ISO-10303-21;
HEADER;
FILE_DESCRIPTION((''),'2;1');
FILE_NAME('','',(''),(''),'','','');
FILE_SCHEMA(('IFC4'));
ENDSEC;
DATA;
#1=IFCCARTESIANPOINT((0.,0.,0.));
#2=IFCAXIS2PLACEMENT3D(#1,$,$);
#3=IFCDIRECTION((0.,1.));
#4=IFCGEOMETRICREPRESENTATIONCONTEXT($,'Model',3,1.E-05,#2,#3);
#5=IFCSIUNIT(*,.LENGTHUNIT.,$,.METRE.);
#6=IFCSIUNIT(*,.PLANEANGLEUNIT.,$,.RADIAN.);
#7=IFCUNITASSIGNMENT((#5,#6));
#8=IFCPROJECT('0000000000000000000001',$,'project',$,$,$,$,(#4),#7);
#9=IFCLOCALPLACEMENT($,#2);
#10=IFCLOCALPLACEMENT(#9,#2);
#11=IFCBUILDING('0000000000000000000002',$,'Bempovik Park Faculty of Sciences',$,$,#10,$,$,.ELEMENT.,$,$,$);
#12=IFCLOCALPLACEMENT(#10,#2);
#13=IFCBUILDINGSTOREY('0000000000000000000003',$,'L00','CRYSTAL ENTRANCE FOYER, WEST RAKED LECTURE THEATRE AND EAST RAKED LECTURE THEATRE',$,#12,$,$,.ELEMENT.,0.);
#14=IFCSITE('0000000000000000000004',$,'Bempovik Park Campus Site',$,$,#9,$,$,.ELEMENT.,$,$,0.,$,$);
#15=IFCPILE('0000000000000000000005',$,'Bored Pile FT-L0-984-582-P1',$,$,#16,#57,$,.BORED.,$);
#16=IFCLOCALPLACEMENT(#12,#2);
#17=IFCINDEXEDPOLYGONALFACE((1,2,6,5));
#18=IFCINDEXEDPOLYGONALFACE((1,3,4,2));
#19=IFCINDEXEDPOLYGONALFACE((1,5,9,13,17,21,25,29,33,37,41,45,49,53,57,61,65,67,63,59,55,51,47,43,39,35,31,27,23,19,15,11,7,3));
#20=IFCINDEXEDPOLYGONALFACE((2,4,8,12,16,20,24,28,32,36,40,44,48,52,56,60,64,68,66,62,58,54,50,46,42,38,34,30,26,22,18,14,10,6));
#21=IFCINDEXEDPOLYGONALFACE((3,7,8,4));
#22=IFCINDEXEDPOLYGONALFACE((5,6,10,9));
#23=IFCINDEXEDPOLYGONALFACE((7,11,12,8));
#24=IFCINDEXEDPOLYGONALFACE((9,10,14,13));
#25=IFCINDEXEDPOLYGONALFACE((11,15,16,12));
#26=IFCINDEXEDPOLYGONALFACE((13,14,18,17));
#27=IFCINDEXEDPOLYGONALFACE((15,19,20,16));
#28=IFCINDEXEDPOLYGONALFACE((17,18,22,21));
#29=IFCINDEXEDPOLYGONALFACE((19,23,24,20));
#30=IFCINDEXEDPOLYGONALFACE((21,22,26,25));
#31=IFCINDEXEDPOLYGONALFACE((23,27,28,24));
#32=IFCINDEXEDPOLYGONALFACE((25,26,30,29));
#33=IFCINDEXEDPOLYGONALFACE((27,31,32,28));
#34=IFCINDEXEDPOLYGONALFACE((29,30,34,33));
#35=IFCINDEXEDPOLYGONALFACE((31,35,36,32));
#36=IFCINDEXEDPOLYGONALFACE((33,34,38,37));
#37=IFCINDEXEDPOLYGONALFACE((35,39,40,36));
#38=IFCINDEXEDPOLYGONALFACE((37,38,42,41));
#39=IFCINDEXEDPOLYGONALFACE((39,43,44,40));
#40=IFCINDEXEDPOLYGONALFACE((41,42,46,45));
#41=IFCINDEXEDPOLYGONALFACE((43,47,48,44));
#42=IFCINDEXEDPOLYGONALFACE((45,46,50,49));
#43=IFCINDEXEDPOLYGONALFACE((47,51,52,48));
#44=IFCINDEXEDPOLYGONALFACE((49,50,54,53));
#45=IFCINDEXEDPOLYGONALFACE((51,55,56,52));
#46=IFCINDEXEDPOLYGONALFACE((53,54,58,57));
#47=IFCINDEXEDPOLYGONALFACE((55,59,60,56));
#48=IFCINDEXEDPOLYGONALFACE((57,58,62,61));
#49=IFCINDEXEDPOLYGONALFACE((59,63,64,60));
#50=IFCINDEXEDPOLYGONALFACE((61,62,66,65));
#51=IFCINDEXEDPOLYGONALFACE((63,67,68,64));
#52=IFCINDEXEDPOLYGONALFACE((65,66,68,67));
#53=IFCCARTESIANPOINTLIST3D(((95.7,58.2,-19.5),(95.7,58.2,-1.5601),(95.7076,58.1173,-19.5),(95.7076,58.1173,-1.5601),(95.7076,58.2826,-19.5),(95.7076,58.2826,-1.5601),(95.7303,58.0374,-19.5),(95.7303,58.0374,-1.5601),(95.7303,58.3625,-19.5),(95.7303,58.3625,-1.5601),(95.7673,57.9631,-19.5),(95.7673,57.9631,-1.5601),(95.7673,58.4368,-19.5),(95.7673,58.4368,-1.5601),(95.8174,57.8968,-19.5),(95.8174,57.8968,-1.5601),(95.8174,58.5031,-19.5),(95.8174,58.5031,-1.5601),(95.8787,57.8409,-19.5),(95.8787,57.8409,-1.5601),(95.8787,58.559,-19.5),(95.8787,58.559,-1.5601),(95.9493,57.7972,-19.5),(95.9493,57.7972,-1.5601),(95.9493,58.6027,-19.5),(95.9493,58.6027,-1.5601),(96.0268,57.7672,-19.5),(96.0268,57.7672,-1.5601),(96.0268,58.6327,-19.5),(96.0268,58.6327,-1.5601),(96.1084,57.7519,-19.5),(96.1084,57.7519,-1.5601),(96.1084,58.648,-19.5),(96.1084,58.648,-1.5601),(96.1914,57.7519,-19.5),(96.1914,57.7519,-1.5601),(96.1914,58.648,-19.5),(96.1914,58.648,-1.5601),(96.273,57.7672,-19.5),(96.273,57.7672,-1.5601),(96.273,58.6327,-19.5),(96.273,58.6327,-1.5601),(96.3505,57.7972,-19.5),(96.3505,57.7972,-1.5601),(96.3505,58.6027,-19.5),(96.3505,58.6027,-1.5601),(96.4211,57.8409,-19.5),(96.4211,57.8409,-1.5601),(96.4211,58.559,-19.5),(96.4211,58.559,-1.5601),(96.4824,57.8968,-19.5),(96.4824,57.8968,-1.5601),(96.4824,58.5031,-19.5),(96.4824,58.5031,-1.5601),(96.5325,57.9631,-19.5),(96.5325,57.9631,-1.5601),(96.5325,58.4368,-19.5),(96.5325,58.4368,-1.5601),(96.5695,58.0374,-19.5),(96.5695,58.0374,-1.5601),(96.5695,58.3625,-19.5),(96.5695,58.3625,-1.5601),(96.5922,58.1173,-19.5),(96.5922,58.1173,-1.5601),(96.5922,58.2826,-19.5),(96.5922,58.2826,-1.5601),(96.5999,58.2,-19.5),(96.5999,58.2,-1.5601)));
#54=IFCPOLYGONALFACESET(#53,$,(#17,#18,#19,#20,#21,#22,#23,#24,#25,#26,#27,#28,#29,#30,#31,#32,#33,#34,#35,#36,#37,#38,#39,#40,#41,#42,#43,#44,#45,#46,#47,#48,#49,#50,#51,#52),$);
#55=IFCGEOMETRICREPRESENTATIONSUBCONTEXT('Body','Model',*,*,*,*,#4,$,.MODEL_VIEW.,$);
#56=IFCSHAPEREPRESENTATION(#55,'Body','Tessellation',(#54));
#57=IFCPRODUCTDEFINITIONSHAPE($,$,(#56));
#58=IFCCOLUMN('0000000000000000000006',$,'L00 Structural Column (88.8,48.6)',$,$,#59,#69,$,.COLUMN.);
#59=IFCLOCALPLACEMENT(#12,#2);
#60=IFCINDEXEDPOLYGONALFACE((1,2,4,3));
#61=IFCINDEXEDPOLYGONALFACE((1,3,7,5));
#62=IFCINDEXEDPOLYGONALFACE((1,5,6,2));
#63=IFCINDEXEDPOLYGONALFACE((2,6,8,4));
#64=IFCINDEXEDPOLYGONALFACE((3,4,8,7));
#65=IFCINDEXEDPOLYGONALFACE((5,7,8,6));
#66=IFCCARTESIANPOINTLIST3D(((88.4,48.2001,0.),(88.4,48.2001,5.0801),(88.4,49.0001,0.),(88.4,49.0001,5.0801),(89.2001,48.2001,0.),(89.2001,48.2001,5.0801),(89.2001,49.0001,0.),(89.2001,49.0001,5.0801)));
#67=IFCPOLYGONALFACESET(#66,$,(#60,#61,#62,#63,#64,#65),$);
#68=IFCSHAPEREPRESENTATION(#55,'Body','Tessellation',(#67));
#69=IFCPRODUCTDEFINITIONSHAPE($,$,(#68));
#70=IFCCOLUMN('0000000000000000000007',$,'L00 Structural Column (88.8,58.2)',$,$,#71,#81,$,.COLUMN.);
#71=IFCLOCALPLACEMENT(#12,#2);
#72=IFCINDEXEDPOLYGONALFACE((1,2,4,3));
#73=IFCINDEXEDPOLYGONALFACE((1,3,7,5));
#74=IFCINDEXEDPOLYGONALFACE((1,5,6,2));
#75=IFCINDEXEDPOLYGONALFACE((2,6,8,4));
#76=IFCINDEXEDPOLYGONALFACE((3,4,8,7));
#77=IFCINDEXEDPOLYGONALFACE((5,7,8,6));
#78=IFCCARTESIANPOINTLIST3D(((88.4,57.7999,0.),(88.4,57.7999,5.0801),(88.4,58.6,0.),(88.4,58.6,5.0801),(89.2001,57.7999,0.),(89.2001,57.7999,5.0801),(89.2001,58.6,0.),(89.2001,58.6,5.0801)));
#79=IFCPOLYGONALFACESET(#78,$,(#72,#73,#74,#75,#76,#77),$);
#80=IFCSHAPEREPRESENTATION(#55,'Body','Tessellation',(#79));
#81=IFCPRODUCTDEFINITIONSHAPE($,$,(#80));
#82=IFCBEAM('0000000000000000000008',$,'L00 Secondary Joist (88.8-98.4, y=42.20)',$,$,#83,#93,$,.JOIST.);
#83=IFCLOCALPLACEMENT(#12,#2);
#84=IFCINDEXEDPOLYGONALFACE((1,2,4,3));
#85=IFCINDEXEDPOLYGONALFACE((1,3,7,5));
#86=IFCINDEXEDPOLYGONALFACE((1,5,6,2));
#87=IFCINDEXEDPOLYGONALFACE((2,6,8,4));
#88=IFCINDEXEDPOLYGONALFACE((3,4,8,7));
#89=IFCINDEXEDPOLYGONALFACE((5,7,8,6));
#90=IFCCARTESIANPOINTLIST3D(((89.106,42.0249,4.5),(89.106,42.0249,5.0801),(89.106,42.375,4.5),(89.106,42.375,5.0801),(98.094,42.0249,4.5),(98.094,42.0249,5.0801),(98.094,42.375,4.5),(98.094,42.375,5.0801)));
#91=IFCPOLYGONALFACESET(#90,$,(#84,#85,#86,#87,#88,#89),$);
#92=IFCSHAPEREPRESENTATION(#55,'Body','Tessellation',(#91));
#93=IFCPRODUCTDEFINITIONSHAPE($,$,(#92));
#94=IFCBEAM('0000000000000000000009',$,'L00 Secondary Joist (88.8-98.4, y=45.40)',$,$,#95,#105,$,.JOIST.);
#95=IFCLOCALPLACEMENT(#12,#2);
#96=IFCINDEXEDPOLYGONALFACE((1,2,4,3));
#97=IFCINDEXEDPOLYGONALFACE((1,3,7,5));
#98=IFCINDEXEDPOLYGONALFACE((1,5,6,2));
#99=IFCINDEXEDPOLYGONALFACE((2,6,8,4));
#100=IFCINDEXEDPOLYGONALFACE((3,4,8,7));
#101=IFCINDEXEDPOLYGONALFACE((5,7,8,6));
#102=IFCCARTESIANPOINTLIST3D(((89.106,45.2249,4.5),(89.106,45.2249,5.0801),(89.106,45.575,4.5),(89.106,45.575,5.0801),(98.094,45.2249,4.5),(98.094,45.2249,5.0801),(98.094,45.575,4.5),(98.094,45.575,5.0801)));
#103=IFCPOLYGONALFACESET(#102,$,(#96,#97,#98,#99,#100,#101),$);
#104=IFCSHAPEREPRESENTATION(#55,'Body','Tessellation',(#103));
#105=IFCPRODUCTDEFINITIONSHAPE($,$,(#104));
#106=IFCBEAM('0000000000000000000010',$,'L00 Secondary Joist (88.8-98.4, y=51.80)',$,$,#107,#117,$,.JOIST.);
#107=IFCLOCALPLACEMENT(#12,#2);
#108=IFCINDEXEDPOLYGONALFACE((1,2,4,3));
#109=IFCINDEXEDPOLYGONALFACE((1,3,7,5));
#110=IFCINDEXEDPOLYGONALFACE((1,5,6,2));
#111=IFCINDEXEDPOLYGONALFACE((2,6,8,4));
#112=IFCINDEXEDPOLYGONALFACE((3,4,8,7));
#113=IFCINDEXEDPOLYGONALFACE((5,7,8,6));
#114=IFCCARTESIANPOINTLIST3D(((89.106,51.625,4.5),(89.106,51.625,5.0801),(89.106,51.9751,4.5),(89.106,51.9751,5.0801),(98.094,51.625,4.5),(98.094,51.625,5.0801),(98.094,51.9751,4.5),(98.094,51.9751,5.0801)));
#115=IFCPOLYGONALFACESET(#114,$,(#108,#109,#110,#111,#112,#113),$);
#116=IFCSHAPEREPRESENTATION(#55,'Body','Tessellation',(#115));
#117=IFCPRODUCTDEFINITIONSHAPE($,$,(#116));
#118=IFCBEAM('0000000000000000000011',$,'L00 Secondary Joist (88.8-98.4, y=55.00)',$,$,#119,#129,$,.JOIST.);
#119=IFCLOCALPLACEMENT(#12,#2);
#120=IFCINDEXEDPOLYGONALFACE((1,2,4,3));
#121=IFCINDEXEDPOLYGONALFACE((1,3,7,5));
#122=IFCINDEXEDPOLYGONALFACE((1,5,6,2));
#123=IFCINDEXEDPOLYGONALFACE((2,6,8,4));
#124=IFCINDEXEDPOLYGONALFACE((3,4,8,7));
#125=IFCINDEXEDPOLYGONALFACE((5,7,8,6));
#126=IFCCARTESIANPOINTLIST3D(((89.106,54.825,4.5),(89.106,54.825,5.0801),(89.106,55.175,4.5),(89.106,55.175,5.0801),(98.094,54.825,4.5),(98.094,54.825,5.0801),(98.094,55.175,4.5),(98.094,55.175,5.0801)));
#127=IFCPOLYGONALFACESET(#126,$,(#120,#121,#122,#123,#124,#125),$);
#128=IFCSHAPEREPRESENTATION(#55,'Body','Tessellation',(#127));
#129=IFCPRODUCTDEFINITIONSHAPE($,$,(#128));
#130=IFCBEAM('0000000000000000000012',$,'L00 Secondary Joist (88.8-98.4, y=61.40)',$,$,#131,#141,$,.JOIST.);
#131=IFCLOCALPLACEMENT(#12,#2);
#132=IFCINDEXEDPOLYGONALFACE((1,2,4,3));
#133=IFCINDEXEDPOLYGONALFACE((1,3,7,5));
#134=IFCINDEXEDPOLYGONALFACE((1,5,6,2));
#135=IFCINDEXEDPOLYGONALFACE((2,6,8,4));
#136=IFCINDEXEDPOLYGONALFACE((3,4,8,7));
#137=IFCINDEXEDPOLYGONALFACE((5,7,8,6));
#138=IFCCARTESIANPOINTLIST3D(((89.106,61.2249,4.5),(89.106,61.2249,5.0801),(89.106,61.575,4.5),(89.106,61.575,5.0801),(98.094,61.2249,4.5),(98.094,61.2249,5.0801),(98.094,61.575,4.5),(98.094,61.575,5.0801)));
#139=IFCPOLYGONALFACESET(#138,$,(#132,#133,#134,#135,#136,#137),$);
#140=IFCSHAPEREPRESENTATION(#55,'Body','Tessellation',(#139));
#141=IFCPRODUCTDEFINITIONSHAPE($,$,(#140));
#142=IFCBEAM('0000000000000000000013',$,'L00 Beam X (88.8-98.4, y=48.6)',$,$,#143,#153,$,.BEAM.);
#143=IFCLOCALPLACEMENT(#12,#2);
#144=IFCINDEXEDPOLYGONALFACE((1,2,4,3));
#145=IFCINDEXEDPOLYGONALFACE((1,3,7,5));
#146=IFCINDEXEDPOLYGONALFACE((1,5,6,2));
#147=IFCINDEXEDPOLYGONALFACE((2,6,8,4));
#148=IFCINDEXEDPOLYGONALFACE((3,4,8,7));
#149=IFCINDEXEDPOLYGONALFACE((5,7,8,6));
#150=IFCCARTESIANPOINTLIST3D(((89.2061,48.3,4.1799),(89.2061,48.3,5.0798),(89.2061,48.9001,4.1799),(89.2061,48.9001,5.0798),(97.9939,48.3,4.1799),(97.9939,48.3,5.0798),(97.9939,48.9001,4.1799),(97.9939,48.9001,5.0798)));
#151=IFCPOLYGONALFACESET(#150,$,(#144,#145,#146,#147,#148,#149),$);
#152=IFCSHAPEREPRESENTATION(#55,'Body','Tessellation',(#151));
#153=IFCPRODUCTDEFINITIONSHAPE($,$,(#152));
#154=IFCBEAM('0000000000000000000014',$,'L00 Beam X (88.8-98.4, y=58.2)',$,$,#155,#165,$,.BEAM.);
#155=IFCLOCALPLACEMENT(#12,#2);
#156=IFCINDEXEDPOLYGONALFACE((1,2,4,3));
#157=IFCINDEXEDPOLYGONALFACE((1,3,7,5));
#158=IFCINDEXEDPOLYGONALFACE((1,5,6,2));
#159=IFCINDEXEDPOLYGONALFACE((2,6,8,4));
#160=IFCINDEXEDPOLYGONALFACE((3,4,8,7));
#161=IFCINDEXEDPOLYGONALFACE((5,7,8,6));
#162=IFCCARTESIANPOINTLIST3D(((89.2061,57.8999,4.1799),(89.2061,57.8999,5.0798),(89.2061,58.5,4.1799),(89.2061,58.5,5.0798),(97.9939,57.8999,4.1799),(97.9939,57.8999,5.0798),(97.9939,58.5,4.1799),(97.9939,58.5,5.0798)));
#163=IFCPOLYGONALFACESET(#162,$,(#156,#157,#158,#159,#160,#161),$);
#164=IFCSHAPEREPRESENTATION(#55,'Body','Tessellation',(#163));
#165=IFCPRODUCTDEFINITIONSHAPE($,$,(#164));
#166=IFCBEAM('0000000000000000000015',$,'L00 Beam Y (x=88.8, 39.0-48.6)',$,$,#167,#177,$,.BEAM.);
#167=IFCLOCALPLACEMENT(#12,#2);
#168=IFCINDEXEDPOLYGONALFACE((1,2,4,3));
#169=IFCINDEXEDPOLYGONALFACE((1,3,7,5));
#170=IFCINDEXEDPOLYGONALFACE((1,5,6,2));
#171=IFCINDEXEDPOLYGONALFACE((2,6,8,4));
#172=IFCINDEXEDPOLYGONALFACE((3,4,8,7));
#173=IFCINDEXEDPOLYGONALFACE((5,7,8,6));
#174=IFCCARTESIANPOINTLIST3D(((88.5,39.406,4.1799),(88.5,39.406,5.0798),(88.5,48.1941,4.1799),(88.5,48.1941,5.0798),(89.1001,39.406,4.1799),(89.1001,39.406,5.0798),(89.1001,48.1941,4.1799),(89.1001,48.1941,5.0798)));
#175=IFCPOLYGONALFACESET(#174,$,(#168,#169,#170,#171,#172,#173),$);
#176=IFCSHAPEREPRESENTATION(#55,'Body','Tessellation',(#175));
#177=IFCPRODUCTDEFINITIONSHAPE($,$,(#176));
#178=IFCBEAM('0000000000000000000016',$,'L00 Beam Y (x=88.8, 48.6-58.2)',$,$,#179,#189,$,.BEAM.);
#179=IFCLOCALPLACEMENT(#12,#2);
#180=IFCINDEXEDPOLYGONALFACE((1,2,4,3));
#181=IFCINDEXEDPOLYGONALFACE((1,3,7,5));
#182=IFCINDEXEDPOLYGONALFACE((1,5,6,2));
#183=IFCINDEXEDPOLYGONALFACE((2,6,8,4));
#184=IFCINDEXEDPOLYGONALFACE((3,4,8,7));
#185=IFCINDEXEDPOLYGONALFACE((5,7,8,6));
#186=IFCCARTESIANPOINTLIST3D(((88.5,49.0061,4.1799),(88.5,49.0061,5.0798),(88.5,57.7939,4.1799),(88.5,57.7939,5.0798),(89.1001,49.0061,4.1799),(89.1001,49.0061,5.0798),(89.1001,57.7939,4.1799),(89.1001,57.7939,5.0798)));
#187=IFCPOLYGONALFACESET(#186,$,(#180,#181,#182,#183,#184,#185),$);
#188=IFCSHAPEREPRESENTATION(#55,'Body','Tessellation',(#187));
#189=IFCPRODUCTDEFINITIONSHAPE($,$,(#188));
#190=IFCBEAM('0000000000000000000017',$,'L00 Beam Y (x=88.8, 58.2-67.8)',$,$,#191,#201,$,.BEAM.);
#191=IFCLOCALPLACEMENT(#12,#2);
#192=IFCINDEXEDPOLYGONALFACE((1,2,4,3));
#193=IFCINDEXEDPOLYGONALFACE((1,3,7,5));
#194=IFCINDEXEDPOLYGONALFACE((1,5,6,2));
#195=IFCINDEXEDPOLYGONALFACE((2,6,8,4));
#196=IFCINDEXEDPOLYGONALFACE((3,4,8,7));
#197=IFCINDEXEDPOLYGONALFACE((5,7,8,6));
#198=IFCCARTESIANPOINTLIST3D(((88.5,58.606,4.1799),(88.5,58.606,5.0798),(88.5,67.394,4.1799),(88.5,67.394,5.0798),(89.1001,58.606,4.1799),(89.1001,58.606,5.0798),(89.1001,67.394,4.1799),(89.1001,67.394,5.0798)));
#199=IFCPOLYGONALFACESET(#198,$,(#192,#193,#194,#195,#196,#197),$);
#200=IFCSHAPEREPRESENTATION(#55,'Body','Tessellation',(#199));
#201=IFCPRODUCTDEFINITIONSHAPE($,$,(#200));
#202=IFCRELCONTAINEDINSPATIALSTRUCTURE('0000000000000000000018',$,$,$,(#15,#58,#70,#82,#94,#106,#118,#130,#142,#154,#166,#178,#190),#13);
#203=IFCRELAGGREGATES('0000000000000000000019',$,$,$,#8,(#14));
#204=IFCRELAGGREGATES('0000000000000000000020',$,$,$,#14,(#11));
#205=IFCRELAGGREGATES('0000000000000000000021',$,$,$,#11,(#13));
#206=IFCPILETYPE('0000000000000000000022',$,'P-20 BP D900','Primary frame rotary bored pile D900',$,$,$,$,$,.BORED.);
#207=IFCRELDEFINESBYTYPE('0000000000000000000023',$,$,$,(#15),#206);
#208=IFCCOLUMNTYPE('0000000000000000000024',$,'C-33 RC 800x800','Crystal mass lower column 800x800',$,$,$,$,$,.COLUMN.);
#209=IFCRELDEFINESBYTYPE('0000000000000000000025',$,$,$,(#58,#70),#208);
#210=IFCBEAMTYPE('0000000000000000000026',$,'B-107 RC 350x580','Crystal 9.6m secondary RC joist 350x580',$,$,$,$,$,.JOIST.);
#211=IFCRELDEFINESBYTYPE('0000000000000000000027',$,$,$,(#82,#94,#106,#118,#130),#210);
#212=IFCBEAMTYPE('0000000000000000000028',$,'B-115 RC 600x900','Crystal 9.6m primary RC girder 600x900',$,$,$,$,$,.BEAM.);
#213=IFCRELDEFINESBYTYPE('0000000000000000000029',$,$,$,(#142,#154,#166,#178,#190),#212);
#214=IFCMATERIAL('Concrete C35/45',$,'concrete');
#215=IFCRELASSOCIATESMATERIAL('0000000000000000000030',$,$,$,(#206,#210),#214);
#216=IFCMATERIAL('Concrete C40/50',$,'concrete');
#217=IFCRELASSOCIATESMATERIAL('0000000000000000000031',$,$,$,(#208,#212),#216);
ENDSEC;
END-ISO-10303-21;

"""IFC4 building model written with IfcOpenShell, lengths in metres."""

from ifc_helpers import new_model, si_unit, direction, frame, origin, origin_2d, place, context, subcontext, project, spatial, rectangle, circle, extrude, material, material_profile, profile_set, type_object, element, save


model = new_model("IFC4")

# Units and contexts
model_context = context("Model", 3, precision=1e-05, world=origin(), true_north=direction((0.0, 1.0)))
body_context = subcontext(model_context, "Body", "Model", "MODEL_VIEW")
ifc_project = project(units=[si_unit("LENGTHUNIT", "METRE"), si_unit("PLANEANGLEUNIT", "RADIAN")], contexts=[model_context])

# Site, building, storey
site_placement = place(None, origin())
site = spatial("IfcSite", under=ifc_project, at=site_placement, Name="Bempovik Park Campus Site", CompositionType="ELEMENT", RefElevation=0.0)
building_placement = place(site_placement, origin())
building = spatial("IfcBuilding", under=site, at=building_placement, Name="Bempovik Park Faculty of Sciences", CompositionType="ELEMENT")
storey_placement = place(building_placement, origin())
storey = spatial("IfcBuildingStorey", under=building, at=storey_placement, Name="L00", Description="CRYSTAL ENTRANCE FOYER, WEST RAKED LECTURE THEATRE AND EAST RAKED LECTURE THEATRE", CompositionType="ELEMENT", Elevation=0.0)

# Shared definitions
ifc_material_1 = material(Name="Concrete C35/45", Category="concrete")

# Pile
ifc_material_profile_1 = material_profile(ifc_material_1, circle(Radius=0.45, at=origin_2d()), Name="BP D900")
ifc_profile_set_1 = profile_set([ifc_material_profile_1], Name="Concrete C35/45")
pile_type = type_object("IfcPileType", Name="P-20 BP D900", Description="Primary frame rotary bored pile D900", PredefinedType="BORED", material=ifc_profile_set_1)
for number, where, z_axis, x_axis, name in (
    (1, (96.1499, 58.2, -1.5601), (0.0, 0.0, -1.0), (1.0, 0.0, 0.0), "Bored Pile FT-L0-984-582-P1"),
):
    element("IfcPile", number, at=place(storey_placement, frame(where, z_axis=z_axis, x_axis=x_axis)), inside=storey, type_object=pile_type, Name=name, PredefinedType="BORED", context=body_context, shape_type="SweptSolid", body=[
        extrude(circle(Radius=0.45, at=origin_2d()), origin(), (0.0, 0.0, 1.0), 17.9399),
    ])

# Columns
ifc_material_2 = material(Name="Concrete C40/50", Category="concrete")
ifc_material_profile_2 = material_profile(ifc_material_2, rectangle(XDim=0.8, YDim=0.8, at=origin_2d()), Name="RC 800x800")
ifc_profile_set_2 = profile_set([ifc_material_profile_2], Name="Concrete C40/50")
column_type = type_object("IfcColumnType", Name="C-33 RC 800x800", Description="Crystal mass lower column 800x800", PredefinedType="COLUMN", material=ifc_profile_set_2)
for number, where, z_axis, x_axis, name in (
    (2, (88.8, 48.6001, 0.0), (0.0, 0.0, 1.0), (1.0, 0.0, 0.0), "L00 Structural Column (88.8,48.6)"),
    (3, (88.8, 58.2, 0.0), (0.0, 0.0, 1.0), (1.0, 0.0, 0.0), "L00 Structural Column (88.8,58.2)"),
):
    element("IfcColumn", number, at=place(storey_placement, frame(where, z_axis=z_axis, x_axis=x_axis)), inside=storey, type_object=column_type, Name=name, PredefinedType="COLUMN", context=body_context, shape_type="SweptSolid", body=[
        extrude(rectangle(XDim=0.8, YDim=0.8, at=origin_2d()), origin(), (0.0, 0.0, 1.0), 5.0801),
    ])

# Beams
ifc_material_profile_3 = material_profile(ifc_material_1, rectangle(XDim=0.3501, YDim=0.5801, at=origin_2d()), Name="RC 350x580")
ifc_profile_set_3 = profile_set([ifc_material_profile_3], Name="Concrete C35/45")
beam_type_1 = type_object("IfcBeamType", Name="B-107 RC 350x580", Description="Crystal 9.6m secondary RC joist 350x580", PredefinedType="JOIST", material=ifc_profile_set_3)
for number, where, z_axis, x_axis, name in (
    (4, (89.106, 42.2, 4.79), (1.0, 0.0, 0.0), (0.0, 1.0, 0.0), "L00 Secondary Joist (88.8-98.4, y=42.20)"),
    (5, (89.106, 45.3999, 4.79), (1.0, 0.0, 0.0), (0.0, 1.0, 0.0), "L00 Secondary Joist (88.8-98.4, y=45.40)"),
    (6, (89.106, 51.8, 4.79), (1.0, 0.0, 0.0), (0.0, 1.0, 0.0), "L00 Secondary Joist (88.8-98.4, y=51.80)"),
    (7, (89.106, 55.0, 4.79), (1.0, 0.0, 0.0), (0.0, 1.0, 0.0), "L00 Secondary Joist (88.8-98.4, y=55.00)"),
    (8, (89.106, 61.3999, 4.79), (1.0, 0.0, 0.0), (0.0, 1.0, 0.0), "L00 Secondary Joist (88.8-98.4, y=61.40)"),
):
    element("IfcBeam", number, at=place(storey_placement, frame(where, z_axis=z_axis, x_axis=x_axis)), inside=storey, type_object=beam_type_1, Name=name, PredefinedType="JOIST", context=body_context, shape_type="SweptSolid", body=[
        extrude(rectangle(XDim=0.3501, YDim=0.5801, at=origin_2d()), origin(), (0.0, 0.0, 1.0), 8.988),
    ])
ifc_material_profile_4 = material_profile(ifc_material_2, rectangle(XDim=0.6001, YDim=0.8999, at=origin_2d()), Name="RC 600x900")
ifc_profile_set_4 = profile_set([ifc_material_profile_4], Name="Concrete C40/50")
beam_type_2 = type_object("IfcBeamType", Name="B-115 RC 600x900", Description="Crystal 9.6m primary RC girder 600x900", PredefinedType="BEAM", material=ifc_profile_set_4)
for number, where, z_axis, x_axis, name in (
    (9, (89.2061, 48.6001, 4.6299), (1.0, 0.0, 0.0), (0.0, 1.0, 0.0), "L00 Beam X (88.8-98.4, y=48.6)"),
    (10, (89.2061, 58.2, 4.6299), (1.0, 0.0, 0.0), (0.0, 1.0, 0.0), "L00 Beam X (88.8-98.4, y=58.2)"),
):
    element("IfcBeam", number, at=place(storey_placement, frame(where, z_axis=z_axis, x_axis=x_axis)), inside=storey, type_object=beam_type_2, Name=name, PredefinedType="BEAM", context=body_context, shape_type="SweptSolid", body=[
        extrude(rectangle(XDim=0.6001, YDim=0.8999, at=origin_2d()), origin(), (0.0, 0.0, 1.0), 8.7878),
    ])
beam_1_placement = place(storey_placement, frame((88.8, 39.406, 4.6299), z_axis=(0.0, 1.0, 0.0), x_axis=(-1.0, 0.0, 0.0)))
element("IfcBeam", 11, at=beam_1_placement, inside=storey, type_object=beam_type_2, Name="L00 Beam Y (x=88.8, 39.0-48.6)", PredefinedType="BEAM", context=body_context, shape_type="SweptSolid", body=[
    extrude(rectangle(XDim=0.6001, YDim=0.8999, at=origin_2d()), origin(), (0.0, 0.0, 1.0), 8.7881),
])
beam_2_placement = place(storey_placement, frame((88.8, 49.0061, 4.6299), z_axis=(0.0, 1.0, 0.0), x_axis=(-1.0, 0.0, 0.0)))
element("IfcBeam", 12, at=beam_2_placement, inside=storey, type_object=beam_type_2, Name="L00 Beam Y (x=88.8, 48.6-58.2)", PredefinedType="BEAM", context=body_context, shape_type="SweptSolid", body=[
    extrude(rectangle(XDim=0.6001, YDim=0.8999, at=origin_2d()), origin(), (0.0, 0.0, 1.0), 8.7878),
])
beam_3_placement = place(storey_placement, frame((88.8, 58.606, 4.6299), z_axis=(0.0, 1.0, 0.0), x_axis=(-1.0, 0.0, 0.0)))
element("IfcBeam", 13, at=beam_3_placement, inside=storey, type_object=beam_type_2, Name="L00 Beam Y (x=88.8, 58.2-67.8)", PredefinedType="BEAM", context=body_context, shape_type="SweptSolid", body=[
    extrude(rectangle(XDim=0.6001, YDim=0.8999, at=origin_2d()), origin(), (0.0, 0.0, 1.0), 8.7881),
])

save(model, "model.ifc")
